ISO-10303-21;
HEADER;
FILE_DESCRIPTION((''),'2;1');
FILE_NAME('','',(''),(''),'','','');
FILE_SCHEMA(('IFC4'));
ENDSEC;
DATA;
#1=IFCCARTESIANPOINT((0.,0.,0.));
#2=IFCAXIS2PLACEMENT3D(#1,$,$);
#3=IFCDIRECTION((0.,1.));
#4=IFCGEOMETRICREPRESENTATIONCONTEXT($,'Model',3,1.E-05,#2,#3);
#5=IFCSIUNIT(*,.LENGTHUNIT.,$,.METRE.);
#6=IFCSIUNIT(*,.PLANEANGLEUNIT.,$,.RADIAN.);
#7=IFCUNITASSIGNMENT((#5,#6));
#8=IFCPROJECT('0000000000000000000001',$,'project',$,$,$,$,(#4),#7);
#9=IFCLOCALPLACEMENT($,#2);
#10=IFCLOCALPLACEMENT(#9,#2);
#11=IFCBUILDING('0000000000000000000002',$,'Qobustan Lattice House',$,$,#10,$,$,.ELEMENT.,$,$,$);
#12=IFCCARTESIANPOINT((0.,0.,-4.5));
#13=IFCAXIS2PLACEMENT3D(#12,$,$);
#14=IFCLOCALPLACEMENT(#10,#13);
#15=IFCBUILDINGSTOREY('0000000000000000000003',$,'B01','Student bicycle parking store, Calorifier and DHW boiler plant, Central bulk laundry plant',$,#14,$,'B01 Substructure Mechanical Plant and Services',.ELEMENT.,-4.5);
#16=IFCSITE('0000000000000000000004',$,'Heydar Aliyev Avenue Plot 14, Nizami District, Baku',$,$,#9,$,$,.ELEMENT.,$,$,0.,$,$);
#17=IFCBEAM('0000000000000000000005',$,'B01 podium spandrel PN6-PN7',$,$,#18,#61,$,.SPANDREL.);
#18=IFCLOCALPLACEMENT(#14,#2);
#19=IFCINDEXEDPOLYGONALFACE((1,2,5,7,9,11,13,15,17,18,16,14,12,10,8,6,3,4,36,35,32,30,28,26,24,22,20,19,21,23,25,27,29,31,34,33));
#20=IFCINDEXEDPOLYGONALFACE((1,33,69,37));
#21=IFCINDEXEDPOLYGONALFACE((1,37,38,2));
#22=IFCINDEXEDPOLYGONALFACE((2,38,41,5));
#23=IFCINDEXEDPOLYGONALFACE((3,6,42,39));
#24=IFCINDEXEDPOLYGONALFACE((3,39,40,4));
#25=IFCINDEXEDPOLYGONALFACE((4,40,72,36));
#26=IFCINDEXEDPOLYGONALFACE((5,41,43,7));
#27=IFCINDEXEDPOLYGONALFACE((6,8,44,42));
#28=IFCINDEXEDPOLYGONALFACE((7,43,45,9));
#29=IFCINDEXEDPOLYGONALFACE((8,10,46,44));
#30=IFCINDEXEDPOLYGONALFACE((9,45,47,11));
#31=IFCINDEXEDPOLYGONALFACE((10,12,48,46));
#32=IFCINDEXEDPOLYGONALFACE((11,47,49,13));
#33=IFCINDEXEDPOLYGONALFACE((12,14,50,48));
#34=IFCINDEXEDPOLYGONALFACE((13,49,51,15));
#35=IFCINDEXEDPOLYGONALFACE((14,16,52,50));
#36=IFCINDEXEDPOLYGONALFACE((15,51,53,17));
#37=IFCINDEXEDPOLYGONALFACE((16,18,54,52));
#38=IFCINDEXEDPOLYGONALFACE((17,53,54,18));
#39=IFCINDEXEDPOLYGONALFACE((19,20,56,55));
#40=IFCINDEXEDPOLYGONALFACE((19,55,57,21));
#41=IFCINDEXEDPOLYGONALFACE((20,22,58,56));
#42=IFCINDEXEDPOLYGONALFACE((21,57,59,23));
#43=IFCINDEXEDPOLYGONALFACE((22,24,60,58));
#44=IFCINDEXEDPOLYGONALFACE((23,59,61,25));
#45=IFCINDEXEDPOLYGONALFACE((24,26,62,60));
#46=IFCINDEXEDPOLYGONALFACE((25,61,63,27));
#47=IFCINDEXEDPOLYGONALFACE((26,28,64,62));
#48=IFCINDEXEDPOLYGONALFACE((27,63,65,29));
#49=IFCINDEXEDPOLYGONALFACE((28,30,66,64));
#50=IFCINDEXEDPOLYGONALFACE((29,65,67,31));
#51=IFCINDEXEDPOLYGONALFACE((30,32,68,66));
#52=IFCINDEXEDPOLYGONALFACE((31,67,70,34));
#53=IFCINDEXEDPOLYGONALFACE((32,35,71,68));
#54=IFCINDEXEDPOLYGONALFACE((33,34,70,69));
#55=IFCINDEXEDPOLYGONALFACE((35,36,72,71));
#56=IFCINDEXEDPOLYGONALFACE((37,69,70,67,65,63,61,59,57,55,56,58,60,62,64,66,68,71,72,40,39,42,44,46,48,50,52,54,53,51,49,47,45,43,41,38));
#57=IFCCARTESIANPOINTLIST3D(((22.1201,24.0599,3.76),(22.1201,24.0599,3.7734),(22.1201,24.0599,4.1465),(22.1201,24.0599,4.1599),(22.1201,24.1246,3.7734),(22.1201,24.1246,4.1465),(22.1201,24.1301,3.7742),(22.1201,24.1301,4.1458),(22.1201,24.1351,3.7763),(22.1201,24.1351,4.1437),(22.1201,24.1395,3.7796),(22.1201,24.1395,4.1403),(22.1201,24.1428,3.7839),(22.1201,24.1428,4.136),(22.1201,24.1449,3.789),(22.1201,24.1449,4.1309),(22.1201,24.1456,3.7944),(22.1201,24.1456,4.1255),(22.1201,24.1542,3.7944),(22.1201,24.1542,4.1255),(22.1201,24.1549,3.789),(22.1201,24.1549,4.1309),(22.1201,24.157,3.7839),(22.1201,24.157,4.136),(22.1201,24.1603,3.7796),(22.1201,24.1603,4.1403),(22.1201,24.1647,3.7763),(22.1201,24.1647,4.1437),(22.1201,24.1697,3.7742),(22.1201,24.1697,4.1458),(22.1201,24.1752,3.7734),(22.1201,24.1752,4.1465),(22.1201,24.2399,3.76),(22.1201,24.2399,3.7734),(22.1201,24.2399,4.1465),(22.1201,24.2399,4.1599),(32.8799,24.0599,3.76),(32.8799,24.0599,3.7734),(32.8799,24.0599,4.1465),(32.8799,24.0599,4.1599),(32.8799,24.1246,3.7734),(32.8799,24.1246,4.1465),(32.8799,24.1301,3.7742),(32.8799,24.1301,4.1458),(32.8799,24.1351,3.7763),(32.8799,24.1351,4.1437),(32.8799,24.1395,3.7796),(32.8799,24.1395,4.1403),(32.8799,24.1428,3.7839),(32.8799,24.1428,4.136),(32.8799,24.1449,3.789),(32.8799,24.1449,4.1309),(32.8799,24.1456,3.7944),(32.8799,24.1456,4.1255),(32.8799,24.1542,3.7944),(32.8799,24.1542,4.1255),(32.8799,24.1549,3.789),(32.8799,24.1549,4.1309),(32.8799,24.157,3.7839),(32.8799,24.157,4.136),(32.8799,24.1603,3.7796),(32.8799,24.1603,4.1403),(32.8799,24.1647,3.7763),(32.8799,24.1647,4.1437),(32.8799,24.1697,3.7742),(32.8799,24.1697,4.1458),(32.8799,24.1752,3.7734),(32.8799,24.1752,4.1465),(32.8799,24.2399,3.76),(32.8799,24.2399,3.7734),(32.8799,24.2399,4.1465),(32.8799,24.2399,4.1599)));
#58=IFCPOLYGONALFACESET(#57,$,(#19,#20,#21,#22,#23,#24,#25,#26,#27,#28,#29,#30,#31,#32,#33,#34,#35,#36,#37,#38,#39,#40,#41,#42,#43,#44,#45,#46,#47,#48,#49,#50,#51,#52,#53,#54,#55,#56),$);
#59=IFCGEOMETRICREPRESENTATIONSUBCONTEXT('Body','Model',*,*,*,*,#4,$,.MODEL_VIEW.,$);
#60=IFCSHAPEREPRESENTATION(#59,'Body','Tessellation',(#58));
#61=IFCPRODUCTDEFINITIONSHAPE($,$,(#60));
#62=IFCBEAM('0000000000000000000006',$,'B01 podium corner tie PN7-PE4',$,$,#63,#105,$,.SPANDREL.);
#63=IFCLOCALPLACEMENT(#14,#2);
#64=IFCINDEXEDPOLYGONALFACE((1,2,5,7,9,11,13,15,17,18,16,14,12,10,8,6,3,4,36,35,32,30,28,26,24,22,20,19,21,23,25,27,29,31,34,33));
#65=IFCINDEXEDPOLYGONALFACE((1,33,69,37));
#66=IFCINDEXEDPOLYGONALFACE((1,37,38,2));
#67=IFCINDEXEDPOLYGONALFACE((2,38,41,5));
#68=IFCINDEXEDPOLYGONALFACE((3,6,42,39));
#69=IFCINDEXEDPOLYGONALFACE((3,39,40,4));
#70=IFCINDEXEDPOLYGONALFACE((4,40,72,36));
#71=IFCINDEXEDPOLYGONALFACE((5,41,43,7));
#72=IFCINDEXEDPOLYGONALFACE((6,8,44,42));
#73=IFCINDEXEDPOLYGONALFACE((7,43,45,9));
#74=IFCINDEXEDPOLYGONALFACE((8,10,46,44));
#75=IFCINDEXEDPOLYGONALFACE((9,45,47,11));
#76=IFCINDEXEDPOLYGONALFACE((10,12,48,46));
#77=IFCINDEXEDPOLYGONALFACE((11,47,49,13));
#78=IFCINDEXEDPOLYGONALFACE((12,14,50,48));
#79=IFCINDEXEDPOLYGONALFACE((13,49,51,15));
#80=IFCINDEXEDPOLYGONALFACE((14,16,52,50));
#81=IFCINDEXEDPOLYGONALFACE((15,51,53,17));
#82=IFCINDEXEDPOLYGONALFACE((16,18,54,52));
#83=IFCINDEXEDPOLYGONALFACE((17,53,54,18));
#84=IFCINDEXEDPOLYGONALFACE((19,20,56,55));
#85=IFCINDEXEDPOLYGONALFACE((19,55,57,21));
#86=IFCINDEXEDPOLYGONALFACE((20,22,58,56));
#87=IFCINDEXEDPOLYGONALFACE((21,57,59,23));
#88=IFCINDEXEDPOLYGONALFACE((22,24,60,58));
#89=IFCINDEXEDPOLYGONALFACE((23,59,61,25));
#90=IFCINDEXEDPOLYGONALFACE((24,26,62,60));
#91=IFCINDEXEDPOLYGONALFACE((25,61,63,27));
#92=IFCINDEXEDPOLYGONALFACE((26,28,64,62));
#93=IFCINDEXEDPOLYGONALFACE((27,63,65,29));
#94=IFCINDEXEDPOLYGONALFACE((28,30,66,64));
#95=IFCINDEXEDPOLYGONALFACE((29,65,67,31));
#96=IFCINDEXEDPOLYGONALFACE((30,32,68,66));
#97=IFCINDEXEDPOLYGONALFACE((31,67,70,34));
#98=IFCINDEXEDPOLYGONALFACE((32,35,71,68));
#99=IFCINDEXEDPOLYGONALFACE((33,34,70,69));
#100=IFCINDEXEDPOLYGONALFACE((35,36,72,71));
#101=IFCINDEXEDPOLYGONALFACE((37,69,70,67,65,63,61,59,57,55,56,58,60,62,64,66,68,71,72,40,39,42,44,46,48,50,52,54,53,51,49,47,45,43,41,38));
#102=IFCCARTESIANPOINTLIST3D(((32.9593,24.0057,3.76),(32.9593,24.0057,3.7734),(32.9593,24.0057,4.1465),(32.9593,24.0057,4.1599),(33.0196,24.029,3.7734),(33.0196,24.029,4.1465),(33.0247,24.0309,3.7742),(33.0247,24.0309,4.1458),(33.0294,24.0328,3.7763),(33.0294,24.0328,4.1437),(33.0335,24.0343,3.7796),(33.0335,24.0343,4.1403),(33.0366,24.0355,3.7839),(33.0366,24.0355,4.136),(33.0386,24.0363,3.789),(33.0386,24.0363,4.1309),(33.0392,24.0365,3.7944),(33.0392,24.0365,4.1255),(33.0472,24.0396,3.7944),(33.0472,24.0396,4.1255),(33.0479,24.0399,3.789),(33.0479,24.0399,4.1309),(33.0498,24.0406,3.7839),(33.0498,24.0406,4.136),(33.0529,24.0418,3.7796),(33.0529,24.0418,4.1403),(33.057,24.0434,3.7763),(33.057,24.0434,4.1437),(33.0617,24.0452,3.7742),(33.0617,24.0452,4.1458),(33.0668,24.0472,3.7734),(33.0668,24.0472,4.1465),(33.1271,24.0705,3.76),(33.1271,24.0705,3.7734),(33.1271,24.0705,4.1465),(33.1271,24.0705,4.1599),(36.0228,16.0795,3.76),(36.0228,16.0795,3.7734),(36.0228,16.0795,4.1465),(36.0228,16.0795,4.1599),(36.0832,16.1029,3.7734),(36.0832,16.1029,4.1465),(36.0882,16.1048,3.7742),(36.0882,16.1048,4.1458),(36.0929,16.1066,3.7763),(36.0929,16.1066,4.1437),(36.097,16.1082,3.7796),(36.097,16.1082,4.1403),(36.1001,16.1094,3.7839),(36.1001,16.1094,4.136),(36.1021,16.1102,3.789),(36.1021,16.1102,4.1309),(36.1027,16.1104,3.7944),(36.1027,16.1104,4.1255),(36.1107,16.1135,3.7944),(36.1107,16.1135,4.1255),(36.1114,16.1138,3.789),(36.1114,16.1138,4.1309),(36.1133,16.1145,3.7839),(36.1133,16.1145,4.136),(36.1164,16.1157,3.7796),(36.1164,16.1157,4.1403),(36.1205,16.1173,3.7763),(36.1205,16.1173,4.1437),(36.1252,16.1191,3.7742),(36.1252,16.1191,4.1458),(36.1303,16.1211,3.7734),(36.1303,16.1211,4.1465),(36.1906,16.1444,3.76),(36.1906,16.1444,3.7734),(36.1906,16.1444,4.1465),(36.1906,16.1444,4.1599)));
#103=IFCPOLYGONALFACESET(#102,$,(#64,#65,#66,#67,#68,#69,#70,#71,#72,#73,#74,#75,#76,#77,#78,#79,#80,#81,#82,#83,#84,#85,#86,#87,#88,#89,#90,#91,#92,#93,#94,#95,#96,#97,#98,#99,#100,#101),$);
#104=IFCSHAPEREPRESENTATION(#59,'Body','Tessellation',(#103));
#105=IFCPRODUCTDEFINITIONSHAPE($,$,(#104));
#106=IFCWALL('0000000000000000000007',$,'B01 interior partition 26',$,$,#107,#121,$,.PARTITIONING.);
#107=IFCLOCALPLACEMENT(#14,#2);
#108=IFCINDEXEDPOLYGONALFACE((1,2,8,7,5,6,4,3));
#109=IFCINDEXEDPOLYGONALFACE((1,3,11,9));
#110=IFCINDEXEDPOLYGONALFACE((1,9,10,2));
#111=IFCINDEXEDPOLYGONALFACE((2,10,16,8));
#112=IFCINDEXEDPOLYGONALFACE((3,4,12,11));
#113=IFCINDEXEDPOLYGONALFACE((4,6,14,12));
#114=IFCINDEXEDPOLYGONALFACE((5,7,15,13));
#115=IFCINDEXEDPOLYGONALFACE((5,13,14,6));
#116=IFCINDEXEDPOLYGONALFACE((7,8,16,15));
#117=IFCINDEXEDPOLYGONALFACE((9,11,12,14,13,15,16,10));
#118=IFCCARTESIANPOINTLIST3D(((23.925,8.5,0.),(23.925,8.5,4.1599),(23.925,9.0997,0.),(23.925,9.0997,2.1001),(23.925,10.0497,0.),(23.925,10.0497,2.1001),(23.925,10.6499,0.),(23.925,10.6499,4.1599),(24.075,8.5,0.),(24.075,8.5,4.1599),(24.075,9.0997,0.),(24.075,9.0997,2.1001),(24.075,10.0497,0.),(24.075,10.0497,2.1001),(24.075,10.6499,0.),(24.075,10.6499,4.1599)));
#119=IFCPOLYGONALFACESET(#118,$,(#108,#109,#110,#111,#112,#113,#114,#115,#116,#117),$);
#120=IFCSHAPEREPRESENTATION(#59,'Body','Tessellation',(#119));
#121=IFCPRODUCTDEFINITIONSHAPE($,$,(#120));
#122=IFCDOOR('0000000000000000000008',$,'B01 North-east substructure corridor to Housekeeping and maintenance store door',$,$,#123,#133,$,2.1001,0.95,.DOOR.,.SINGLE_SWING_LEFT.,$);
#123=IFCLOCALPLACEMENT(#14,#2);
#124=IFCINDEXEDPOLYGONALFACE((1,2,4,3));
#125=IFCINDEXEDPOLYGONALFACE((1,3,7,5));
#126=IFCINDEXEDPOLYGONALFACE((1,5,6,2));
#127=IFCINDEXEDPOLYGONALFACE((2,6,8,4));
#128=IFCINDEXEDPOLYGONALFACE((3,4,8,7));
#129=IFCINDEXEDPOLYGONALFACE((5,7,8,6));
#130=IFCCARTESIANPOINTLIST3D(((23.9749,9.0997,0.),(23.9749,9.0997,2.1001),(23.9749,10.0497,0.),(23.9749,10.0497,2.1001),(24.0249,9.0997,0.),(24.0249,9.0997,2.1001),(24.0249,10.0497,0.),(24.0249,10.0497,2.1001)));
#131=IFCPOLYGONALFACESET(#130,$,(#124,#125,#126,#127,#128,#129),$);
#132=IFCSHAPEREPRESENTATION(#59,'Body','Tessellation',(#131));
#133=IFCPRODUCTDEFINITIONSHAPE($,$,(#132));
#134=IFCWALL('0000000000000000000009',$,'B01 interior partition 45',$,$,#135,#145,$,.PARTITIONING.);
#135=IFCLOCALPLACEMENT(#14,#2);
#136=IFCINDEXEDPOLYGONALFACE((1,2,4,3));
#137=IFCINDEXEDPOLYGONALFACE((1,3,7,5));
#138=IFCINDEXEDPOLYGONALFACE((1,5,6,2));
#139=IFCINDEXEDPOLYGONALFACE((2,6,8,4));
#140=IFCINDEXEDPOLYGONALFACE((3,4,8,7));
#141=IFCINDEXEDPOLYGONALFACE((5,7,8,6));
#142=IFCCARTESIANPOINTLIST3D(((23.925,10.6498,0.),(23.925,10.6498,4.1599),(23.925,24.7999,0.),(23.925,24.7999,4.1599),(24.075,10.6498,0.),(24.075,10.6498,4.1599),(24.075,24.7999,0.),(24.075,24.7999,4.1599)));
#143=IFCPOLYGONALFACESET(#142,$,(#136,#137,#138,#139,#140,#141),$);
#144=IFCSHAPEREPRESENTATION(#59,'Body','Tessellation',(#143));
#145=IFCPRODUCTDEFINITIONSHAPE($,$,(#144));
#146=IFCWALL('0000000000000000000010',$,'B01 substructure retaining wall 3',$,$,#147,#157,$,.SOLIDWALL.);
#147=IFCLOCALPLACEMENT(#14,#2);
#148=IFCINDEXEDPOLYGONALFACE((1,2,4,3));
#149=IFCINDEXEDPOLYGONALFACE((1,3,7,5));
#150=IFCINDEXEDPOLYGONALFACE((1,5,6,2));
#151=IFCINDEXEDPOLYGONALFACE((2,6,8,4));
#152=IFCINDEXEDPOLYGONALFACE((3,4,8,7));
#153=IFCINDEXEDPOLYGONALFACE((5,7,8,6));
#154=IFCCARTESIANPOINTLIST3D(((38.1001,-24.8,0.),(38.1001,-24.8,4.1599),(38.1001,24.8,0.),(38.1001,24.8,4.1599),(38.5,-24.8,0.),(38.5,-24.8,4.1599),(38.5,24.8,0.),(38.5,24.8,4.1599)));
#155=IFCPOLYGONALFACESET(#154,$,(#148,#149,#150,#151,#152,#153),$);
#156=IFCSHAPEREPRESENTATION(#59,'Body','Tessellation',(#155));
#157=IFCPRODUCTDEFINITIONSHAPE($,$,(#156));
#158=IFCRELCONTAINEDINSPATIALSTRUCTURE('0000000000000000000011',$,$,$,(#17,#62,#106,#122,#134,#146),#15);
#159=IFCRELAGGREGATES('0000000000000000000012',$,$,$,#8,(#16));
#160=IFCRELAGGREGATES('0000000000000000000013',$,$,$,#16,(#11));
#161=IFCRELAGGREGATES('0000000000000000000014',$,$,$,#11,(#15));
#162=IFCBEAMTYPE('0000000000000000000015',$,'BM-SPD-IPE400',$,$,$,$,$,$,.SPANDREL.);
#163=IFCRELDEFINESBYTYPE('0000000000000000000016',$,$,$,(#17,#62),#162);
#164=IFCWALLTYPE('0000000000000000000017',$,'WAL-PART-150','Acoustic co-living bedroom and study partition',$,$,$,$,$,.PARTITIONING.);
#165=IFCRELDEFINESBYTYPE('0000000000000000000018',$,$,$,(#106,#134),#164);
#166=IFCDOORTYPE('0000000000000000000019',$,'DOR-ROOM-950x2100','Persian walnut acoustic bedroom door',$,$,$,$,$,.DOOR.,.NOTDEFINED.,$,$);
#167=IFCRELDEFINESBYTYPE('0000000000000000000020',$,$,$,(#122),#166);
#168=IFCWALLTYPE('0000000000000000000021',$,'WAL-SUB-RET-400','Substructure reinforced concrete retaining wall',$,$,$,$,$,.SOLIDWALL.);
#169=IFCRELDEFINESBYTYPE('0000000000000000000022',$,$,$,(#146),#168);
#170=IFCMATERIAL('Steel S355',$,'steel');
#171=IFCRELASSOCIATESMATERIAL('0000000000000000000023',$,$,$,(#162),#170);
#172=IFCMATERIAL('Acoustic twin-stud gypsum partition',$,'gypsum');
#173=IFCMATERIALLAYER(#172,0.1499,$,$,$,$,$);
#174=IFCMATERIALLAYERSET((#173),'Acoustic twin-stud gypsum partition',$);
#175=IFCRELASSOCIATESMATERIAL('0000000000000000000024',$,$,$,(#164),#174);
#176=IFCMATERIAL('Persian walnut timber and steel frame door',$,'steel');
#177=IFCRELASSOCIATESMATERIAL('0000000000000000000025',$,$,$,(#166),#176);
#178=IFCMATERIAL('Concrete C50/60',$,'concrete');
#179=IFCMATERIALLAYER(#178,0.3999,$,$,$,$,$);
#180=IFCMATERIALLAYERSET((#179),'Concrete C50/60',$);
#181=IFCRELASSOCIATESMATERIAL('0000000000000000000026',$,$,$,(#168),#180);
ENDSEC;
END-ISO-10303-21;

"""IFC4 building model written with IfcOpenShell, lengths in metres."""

from ifc_helpers import new_model, si_unit, direction, frame, frame_2d, origin, origin_2d, place, context, subcontext, project, spatial, rectangle, i_section, extrude, material, layer, layer_set, material_profile, profile_set, type_object, element, fill, save


model = new_model("IFC4")

# Units and contexts
model_context = context("Model", 3, precision=1e-05, world=origin(), true_north=direction((0.0, 1.0)))
body_context = subcontext(model_context, "Body", "Model", "MODEL_VIEW")
ifc_project = project(units=[si_unit("LENGTHUNIT", "METRE"), si_unit("PLANEANGLEUNIT", "RADIAN")], contexts=[model_context])

# Site, building, storey
site_placement = place(None, origin())
site = spatial("IfcSite", under=ifc_project, at=site_placement, Name="Heydar Aliyev Avenue Plot 14, Nizami District, Baku", CompositionType="ELEMENT", RefElevation=0.0)
building_placement = place(site_placement, origin())
building = spatial("IfcBuilding", under=site, at=building_placement, Name="Qobustan Lattice House", CompositionType="ELEMENT")
storey_placement = place(building_placement, frame((0.0, 0.0, -4.5)))
storey = spatial("IfcBuildingStorey", under=building, at=storey_placement, Name="B01", Description="Student bicycle parking store, Calorifier and DHW boiler plant, Central bulk laundry plant", LongName="B01 Substructure Mechanical Plant and Services", CompositionType="ELEMENT", Elevation=-4.5)

# Beams
ifc_material_1 = material(Name="Steel S355", Category="steel")
ifc_material_profile_1 = material_profile(ifc_material_1, i_section(OverallWidth=0.1799, OverallDepth=0.3999, WebThickness=0.0085, FlangeThickness=0.0134, FilletRadius=0.021, at=origin_2d()), Name="IPE400")
ifc_profile_set_1 = profile_set([ifc_material_profile_1], Name="Steel S355")
beam_type_1 = type_object("IfcBeamType", Name="BM-SPD-IPE400", PredefinedType="SPANDREL", material=ifc_profile_set_1)
beam_1_placement = place(storey_placement, frame((22.1201, 24.1499, 3.96), z_axis=(1.0, 0.0, 0.0), x_axis=(0.0, 1.0, 0.0)))
element("IfcBeam", 1, at=beam_1_placement, inside=storey, type_object=beam_type_1, Name="B01 podium spandrel PN6-PN7", PredefinedType="SPANDREL", context=body_context, shape_type="SweptSolid", body=[
    extrude(i_section(OverallWidth=0.1799, OverallDepth=0.3999, WebThickness=0.0085, FlangeThickness=0.0134, FilletRadius=0.021, at=origin_2d()), origin(), (0.0, 0.0, 1.0), 10.7598),
])
beam_2_placement = place(storey_placement, frame((33.0432, 24.0381, 3.96), z_axis=(0.360517, -0.932753, 0.0), x_axis=(0.932753, 0.360517, 0.0)))
element("IfcBeam", 2, at=beam_2_placement, inside=storey, type_object=beam_type_1, Name="B01 podium corner tie PN7-PE4", PredefinedType="SPANDREL", context=body_context, shape_type="SweptSolid", body=[
    extrude(i_section(OverallWidth=0.1799, OverallDepth=0.3999, WebThickness=0.0085, FlangeThickness=0.0134, FilletRadius=0.021, at=origin_2d()), origin(), (0.0, 0.0, 1.0), 8.4976),
])

# Wall, opening, door
ifc_material_2 = material(Name="Acoustic twin-stud gypsum partition", Category="gypsum")
ifc_layer_1 = layer(ifc_material_2, 0.1499)
ifc_layer_set_1 = layer_set([ifc_layer_1], Name="Acoustic twin-stud gypsum partition")
wall_type_1 = type_object("IfcWallType", Name="WAL-PART-150", Description="Acoustic co-living bedroom and study partition", PredefinedType="PARTITIONING", material=ifc_layer_set_1)
wall_1_placement = place(storey_placement, frame((24.0, 10.6499, 0.0), z_axis=(0.0, 0.0, 1.0), x_axis=(0.0, -1.0, 0.0)))
wall_1 = element("IfcWall", 3, at=wall_1_placement, inside=storey, type_object=wall_type_1, Name="B01 interior partition 26", PredefinedType="PARTITIONING", context=body_context, shape_type="SweptSolid", body=[
    extrude(rectangle(XDim=2.1499, YDim=0.1499, at=frame_2d((1.075, 0.0))), origin(), (0.0, 0.0, 1.0), 4.1599),
])
opening_placement = place(wall_1_placement, frame((0.6001, 0.0, 0.0)))
opening = element("IfcOpeningElement", 4, at=opening_placement, cuts=wall_1, PredefinedType="OPENING", context=body_context, shape_type="SweptSolid", body=[
    extrude(rectangle(XDim=0.95, YDim=2.1001, at=frame_2d((0.4751, 1.05))), frame((0.0, 0.085, 0.0), z_axis=(0.0, -1.0, 0.0), x_axis=(1.0, 0.0, 0.0)), (0.0, 0.0, 1.0), 0.1699),
])
ifc_material_3 = material(Name="Persian walnut timber and steel frame door", Category="steel")
door_type = type_object("IfcDoorType", Name="DOR-ROOM-950x2100", Description="Persian walnut acoustic bedroom door", OperationType="NOTDEFINED", PredefinedType="DOOR", material=ifc_material_3)
door_placement = place(opening_placement, origin())
door = element("IfcDoor", 5, at=door_placement, inside=storey, type_object=door_type, Name="B01 North-east substructure corridor to Housekeeping and maintenance store door", OperationType="SINGLE_SWING_LEFT", OverallHeight=2.1001, OverallWidth=0.95, PredefinedType="DOOR", context=body_context, shape_type="SweptSolid", body=[
    extrude(rectangle(XDim=0.95, YDim=2.1001, at=frame_2d((0.4751, 1.05))), frame((0.0, 0.0249, 0.0), z_axis=(0.0, -1.0, 0.0), x_axis=(1.0, 0.0, 0.0)), (0.0, 0.0, 1.0), 0.05),
])
fill(opening, door)

# Walls
wall_2_placement = place(storey_placement, frame((24.0, 24.8, 0.0), z_axis=(0.0, 0.0, 1.0), x_axis=(0.0, -1.0, 0.0)))
element("IfcWall", 6, at=wall_2_placement, inside=storey, type_object=wall_type_1, Name="B01 interior partition 45", PredefinedType="PARTITIONING", context=body_context, shape_type="SweptSolid", body=[
    extrude(rectangle(XDim=14.1501, YDim=0.1499, at=frame_2d((7.0752, 0.0))), origin(), (0.0, 0.0, 1.0), 4.1599),
])
ifc_material_4 = material(Name="Concrete C50/60", Category="concrete")
ifc_layer_2 = layer(ifc_material_4, 0.3999)
ifc_layer_set_2 = layer_set([ifc_layer_2], Name="Concrete C50/60")
wall_type_2 = type_object("IfcWallType", Name="WAL-SUB-RET-400", Description="Substructure reinforced concrete retaining wall", PredefinedType="SOLIDWALL", material=ifc_layer_set_2)
wall_3_placement = place(storey_placement, frame((38.3, 24.8, 0.0), z_axis=(0.0, 0.0, 1.0), x_axis=(0.0, -1.0, 0.0)))
element("IfcWall", 7, at=wall_3_placement, inside=storey, type_object=wall_type_2, Name="B01 substructure retaining wall 3", PredefinedType="SOLIDWALL", context=body_context, shape_type="SweptSolid", body=[
    extrude(rectangle(XDim=49.6001, YDim=0.3999, at=frame_2d((24.8, 0.0))), origin(), (0.0, 0.0, 1.0), 4.1599),
])

save(model, "model.ifc")
